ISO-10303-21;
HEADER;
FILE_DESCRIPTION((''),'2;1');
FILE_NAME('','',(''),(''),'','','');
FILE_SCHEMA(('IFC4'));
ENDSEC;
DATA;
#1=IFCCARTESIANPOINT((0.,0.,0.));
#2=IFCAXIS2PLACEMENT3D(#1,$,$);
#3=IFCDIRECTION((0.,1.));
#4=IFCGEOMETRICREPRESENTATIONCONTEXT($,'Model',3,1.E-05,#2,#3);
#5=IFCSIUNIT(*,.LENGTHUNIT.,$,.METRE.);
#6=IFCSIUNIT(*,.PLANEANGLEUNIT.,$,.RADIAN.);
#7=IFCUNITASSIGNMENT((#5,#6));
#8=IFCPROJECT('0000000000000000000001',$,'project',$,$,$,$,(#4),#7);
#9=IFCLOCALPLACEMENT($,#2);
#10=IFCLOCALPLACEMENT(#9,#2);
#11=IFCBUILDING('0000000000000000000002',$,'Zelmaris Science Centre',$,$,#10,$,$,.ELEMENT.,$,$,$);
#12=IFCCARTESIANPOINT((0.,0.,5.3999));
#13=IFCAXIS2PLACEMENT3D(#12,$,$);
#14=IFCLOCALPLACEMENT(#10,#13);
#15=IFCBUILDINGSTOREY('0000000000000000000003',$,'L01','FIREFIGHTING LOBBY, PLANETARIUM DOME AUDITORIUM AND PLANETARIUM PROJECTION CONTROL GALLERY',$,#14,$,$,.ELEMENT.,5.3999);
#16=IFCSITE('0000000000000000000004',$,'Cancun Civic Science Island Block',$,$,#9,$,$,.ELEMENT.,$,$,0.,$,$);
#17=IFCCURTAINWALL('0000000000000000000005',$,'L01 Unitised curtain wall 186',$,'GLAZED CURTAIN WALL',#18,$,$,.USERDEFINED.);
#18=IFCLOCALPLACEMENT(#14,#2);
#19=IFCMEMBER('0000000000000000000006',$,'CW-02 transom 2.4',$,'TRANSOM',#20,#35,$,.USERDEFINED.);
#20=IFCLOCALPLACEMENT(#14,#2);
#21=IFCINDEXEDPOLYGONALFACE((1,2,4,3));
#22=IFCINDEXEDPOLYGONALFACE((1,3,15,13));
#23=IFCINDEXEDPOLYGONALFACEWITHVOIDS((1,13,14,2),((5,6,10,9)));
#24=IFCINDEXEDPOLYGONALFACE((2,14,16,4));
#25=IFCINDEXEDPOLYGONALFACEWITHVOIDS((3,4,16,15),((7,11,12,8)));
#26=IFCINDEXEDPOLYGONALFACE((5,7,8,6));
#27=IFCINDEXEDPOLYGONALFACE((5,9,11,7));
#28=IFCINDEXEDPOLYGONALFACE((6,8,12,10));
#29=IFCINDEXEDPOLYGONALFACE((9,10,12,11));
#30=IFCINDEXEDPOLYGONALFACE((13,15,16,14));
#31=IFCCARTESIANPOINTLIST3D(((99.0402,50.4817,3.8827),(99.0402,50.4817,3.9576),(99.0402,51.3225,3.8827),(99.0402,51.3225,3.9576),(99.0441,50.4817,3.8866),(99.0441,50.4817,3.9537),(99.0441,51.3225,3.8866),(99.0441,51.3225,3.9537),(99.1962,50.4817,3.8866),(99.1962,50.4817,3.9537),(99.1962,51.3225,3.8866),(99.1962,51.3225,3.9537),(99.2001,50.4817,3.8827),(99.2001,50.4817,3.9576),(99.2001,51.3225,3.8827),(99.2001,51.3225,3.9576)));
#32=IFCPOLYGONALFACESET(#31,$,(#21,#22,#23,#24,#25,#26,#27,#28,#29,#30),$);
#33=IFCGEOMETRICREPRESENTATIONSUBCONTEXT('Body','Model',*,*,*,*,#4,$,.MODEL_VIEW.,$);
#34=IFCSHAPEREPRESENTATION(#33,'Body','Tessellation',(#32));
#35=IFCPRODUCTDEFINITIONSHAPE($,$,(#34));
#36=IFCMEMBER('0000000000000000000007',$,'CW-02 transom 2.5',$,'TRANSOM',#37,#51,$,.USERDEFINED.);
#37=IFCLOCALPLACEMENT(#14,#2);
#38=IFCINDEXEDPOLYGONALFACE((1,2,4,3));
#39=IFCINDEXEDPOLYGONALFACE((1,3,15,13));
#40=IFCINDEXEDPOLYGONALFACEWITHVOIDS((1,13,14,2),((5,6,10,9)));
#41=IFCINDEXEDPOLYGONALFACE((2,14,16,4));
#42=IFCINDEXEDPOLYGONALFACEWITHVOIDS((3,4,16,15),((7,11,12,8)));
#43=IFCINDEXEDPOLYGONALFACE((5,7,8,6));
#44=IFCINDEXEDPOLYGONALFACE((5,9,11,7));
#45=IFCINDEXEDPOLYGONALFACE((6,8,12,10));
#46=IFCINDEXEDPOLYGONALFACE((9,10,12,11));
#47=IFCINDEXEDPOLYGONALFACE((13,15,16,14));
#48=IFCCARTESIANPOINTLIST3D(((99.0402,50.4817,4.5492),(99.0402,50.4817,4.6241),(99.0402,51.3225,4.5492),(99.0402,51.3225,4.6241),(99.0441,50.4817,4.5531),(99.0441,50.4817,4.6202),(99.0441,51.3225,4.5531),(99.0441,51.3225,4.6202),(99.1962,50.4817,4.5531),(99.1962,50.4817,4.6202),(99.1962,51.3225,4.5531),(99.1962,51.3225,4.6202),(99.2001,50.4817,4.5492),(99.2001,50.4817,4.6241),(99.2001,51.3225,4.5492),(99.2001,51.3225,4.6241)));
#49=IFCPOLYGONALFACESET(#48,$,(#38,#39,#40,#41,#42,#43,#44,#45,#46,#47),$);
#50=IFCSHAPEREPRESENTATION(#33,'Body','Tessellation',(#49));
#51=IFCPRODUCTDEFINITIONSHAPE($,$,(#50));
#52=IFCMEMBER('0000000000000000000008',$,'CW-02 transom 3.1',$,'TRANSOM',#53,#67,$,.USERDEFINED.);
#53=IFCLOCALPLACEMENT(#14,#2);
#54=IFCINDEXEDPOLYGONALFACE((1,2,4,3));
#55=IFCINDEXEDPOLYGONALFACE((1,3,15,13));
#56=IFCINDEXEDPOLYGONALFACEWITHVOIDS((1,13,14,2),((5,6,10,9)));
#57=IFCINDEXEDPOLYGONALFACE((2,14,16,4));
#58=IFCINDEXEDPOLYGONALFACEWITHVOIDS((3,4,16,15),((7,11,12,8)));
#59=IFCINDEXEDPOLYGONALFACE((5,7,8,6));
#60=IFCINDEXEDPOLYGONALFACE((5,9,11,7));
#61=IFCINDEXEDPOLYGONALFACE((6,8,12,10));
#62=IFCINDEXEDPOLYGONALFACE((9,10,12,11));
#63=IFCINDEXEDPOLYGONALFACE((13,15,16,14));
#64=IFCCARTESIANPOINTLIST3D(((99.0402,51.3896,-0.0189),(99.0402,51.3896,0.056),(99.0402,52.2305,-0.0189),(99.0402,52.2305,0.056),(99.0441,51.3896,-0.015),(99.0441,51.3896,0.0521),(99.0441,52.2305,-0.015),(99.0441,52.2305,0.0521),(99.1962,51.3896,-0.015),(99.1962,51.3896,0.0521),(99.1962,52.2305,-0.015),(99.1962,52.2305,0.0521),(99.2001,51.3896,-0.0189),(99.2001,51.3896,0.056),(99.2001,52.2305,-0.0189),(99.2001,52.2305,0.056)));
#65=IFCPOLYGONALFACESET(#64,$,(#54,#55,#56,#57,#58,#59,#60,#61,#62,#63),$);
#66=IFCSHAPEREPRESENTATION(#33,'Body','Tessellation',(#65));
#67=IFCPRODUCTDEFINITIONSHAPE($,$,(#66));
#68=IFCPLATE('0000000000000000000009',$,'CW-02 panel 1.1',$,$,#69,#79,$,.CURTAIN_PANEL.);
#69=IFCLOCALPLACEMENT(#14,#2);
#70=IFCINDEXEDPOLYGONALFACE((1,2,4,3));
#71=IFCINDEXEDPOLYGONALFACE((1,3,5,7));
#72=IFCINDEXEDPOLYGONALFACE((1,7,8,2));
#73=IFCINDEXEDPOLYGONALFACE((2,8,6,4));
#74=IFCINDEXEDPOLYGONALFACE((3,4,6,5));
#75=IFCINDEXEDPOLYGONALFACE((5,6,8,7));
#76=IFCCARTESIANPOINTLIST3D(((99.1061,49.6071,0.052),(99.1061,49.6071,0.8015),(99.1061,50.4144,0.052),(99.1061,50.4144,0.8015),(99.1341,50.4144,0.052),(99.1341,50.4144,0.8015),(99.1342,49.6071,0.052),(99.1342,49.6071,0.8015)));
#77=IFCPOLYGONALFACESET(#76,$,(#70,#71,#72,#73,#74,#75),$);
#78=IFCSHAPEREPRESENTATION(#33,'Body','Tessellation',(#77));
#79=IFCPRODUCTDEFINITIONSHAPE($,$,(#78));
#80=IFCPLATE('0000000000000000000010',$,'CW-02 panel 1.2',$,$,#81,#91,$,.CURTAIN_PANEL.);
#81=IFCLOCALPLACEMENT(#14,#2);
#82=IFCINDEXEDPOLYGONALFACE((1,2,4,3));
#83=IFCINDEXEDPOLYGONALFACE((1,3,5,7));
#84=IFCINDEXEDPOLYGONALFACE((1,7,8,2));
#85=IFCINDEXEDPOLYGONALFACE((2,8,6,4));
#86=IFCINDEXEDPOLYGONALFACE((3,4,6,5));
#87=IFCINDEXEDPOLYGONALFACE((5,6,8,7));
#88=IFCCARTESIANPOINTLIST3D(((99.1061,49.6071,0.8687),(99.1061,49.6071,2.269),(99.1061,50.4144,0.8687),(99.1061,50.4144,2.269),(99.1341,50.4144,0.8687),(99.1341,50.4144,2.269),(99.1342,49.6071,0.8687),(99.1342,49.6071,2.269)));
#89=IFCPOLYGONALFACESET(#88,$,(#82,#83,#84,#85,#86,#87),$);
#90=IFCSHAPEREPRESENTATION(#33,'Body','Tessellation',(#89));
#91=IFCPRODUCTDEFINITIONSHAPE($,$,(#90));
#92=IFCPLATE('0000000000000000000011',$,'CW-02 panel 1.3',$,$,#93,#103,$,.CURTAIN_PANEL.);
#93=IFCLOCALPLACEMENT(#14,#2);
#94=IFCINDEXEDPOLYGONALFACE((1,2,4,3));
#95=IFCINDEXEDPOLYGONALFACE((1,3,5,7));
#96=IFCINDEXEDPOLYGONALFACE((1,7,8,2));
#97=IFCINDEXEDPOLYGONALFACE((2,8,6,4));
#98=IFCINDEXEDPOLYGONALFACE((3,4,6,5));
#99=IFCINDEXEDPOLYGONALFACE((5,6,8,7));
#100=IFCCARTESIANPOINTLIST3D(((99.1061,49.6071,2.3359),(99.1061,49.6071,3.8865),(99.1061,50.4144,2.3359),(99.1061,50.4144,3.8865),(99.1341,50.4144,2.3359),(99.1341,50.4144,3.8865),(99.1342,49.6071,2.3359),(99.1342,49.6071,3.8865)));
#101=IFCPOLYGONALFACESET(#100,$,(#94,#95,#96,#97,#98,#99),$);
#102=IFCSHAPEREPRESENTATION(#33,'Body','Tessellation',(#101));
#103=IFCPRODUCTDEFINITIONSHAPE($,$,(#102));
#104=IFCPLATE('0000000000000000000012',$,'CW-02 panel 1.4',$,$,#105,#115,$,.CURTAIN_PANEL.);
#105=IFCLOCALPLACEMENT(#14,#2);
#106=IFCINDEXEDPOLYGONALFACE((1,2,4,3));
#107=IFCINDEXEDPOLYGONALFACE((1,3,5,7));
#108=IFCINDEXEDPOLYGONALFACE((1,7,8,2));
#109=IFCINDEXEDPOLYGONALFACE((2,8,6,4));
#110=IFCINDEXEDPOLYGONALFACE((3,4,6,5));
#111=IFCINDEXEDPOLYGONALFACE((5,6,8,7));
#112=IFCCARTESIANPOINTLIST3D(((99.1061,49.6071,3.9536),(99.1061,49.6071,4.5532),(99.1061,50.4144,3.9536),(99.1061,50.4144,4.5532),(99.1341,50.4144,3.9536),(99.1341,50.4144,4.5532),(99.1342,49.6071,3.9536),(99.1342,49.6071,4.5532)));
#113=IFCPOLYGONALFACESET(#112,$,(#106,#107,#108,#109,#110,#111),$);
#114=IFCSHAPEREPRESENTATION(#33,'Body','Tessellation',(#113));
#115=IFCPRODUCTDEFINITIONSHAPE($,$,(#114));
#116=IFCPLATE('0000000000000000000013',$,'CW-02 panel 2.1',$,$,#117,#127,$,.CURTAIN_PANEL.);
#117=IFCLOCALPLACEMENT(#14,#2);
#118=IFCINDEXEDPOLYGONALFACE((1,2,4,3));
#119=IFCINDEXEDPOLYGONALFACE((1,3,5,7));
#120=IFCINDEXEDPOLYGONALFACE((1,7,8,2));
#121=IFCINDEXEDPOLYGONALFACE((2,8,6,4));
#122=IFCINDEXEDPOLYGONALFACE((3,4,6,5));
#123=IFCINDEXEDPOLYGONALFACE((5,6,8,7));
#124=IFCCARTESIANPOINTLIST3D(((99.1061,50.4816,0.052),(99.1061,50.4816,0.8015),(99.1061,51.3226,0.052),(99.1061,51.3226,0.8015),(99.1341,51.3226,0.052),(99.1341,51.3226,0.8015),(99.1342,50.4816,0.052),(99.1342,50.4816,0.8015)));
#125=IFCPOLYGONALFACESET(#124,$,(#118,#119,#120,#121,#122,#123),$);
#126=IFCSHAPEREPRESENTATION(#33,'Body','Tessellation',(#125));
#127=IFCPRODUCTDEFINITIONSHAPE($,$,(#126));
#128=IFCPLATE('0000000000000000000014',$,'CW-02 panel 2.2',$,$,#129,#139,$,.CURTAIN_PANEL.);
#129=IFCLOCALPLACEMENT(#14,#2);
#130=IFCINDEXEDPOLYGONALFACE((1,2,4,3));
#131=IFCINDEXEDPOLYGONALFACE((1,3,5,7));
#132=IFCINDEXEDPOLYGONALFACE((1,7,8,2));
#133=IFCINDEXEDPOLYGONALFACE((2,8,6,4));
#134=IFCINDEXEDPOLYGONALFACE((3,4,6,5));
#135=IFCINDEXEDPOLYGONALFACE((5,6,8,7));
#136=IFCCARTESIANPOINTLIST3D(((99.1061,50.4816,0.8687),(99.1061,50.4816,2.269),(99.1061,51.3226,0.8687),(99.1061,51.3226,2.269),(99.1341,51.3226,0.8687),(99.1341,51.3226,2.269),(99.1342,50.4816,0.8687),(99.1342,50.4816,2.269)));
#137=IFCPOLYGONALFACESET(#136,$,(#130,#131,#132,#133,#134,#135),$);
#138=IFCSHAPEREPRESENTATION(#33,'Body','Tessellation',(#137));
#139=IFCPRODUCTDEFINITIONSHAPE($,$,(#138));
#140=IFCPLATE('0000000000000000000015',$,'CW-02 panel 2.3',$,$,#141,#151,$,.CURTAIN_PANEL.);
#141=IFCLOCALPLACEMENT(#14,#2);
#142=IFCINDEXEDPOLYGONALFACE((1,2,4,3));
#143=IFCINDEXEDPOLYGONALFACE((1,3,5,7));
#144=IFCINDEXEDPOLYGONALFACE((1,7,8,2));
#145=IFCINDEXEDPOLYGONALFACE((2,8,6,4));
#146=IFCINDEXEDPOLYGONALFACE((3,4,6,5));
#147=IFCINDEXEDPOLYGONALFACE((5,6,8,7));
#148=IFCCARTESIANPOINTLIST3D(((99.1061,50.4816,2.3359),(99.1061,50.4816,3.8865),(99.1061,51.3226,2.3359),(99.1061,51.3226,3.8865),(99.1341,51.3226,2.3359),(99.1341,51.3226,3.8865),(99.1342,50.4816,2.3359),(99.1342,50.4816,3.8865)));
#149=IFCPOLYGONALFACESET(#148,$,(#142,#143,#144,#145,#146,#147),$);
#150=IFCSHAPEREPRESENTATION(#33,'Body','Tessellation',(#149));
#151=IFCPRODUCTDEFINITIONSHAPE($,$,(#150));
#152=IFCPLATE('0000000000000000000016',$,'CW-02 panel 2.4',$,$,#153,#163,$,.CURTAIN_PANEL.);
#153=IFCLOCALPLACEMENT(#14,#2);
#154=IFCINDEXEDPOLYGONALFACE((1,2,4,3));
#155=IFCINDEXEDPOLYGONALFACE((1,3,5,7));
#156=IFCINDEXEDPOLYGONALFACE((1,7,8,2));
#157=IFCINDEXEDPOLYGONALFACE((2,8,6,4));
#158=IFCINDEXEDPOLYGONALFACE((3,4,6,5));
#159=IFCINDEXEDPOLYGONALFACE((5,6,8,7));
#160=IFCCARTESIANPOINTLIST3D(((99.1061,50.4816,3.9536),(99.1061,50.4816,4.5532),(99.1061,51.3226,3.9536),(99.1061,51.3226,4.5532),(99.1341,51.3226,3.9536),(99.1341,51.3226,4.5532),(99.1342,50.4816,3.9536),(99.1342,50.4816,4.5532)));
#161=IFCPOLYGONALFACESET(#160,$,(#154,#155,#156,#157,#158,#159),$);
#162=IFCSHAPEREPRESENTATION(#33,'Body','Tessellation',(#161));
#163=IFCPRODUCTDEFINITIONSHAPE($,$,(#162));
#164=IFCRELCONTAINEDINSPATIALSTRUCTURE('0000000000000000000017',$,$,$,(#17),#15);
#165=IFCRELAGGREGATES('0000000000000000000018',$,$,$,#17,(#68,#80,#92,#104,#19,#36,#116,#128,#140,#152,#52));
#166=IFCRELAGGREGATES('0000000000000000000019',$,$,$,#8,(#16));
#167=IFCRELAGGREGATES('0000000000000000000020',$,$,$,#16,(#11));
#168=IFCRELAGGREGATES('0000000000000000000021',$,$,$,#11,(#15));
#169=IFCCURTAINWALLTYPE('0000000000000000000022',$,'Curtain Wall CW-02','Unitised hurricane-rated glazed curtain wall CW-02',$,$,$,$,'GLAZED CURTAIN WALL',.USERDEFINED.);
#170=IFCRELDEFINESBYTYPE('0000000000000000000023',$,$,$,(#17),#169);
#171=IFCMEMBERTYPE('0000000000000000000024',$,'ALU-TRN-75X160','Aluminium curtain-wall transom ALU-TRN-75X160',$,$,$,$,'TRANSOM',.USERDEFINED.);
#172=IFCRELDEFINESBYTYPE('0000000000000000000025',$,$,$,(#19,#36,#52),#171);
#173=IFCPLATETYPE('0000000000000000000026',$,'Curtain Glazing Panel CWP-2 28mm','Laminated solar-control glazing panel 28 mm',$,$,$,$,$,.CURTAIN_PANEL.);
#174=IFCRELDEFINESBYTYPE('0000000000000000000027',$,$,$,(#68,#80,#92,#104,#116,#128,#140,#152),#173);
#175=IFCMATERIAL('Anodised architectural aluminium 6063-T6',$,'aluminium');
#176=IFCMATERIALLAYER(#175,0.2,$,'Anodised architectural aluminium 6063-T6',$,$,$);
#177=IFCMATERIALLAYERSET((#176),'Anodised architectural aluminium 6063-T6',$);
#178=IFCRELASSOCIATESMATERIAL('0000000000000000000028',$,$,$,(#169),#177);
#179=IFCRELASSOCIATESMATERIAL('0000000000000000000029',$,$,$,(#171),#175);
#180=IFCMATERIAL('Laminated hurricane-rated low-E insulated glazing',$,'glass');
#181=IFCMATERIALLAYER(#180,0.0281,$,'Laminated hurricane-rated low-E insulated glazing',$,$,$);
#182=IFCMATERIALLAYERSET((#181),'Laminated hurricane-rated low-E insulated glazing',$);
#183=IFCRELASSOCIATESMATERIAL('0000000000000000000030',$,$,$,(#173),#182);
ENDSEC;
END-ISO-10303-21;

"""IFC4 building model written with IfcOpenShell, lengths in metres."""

from ifc_helpers import new_model, si_unit, direction, frame, origin, origin_2d, place, context, subcontext, project, spatial, rectangle, hollow_rectangle, extrude, material, layer, layer_set, material_profile, profile_set, type_object, element, aggregate, save


model = new_model("IFC4")

# Units and contexts
model_context = context("Model", 3, precision=1e-05, world=origin(), true_north=direction((0.0, 1.0)))
body_context = subcontext(model_context, "Body", "Model", "MODEL_VIEW")
ifc_project = project(units=[si_unit("LENGTHUNIT", "METRE"), si_unit("PLANEANGLEUNIT", "RADIAN")], contexts=[model_context])

# Site, building, storey
site_placement = place(None, origin())
site = spatial("IfcSite", under=ifc_project, at=site_placement, Name="Cancun Civic Science Island Block", CompositionType="ELEMENT", RefElevation=0.0)
building_placement = place(site_placement, origin())
building = spatial("IfcBuilding", under=site, at=building_placement, Name="Zelmaris Science Centre", CompositionType="ELEMENT")
storey_placement = place(building_placement, frame((0.0, 0.0, 5.3999)))
storey = spatial("IfcBuildingStorey", under=building, at=storey_placement, Name="L01", Description="FIREFIGHTING LOBBY, PLANETARIUM DOME AUDITORIUM AND PLANETARIUM PROJECTION CONTROL GALLERY", CompositionType="ELEMENT", Elevation=5.3999)

# Curtain wall, members, plates
ifc_material_1 = material(Name="Anodised architectural aluminium 6063-T6", Category="aluminium")
ifc_layer_1 = layer(ifc_material_1, 0.2, Name="Anodised architectural aluminium 6063-T6")
ifc_layer_set_1 = layer_set([ifc_layer_1], Name="Anodised architectural aluminium 6063-T6")
curtain_wall_type = type_object("IfcCurtainWallType", Name="Curtain Wall CW-02", Description="Unitised hurricane-rated glazed curtain wall CW-02", ElementType="GLAZED CURTAIN WALL", PredefinedType="USERDEFINED", material=ifc_layer_set_1)
curtain_wall_placement = place(storey_placement, origin())
curtain_wall = element("IfcCurtainWall", 1, at=curtain_wall_placement, inside=storey, type_object=curtain_wall_type, Name="L01 Unitised curtain wall 186", ObjectType="GLAZED CURTAIN WALL", PredefinedType="USERDEFINED")
ifc_material_profile_1 = material_profile(ifc_material_1, hollow_rectangle(XDim=0.075, YDim=0.1599, WallThickness=0.0039, at=origin_2d()), Name="ALU-TRN-75X160")
ifc_profile_set_1 = profile_set([ifc_material_profile_1], Name="Anodised architectural aluminium 6063-T6")
member_type_1 = type_object("IfcMemberType", Name="ALU-TRN-75X160", Description="Aluminium curtain-wall transom ALU-TRN-75X160", ElementType="TRANSOM", PredefinedType="USERDEFINED", material=ifc_profile_set_1)
member_1_placement = place(storey_placement, frame((99.1201, 50.4817, 3.9202), z_axis=(0.0, 1.0, 0.0), x_axis=(0.0, 0.0, 1.0)))
member_1 = element("IfcMember", 2, at=member_1_placement, type_object=member_type_1, Name="CW-02 transom 2.4", ObjectType="TRANSOM", PredefinedType="USERDEFINED", context=body_context, shape_type="SweptSolid", body=[
    extrude(hollow_rectangle(XDim=0.075, YDim=0.1599, WallThickness=0.0039, at=origin_2d()), origin(), (0.0, 0.0, 1.0), 0.8408),
])
member_2_placement = place(storey_placement, frame((99.1201, 50.4817, 4.5867), z_axis=(0.0, 1.0, 0.0), x_axis=(0.0, 0.0, 1.0)))
member_2 = element("IfcMember", 3, at=member_2_placement, type_object=member_type_1, Name="CW-02 transom 2.5", ObjectType="TRANSOM", PredefinedType="USERDEFINED", context=body_context, shape_type="SweptSolid", body=[
    extrude(hollow_rectangle(XDim=0.075, YDim=0.1599, WallThickness=0.0039, at=origin_2d()), origin(), (0.0, 0.0, 1.0), 0.8408),
])
member_3_placement = place(storey_placement, frame((99.1201, 51.3896, 0.0186), z_axis=(0.0, 1.0, 0.0), x_axis=(0.0, 0.0, 1.0)))
member_3 = element("IfcMember", 4, at=member_3_placement, type_object=member_type_1, Name="CW-02 transom 3.1", ObjectType="TRANSOM", PredefinedType="USERDEFINED", context=body_context, shape_type="SweptSolid", body=[
    extrude(hollow_rectangle(XDim=0.075, YDim=0.1599, WallThickness=0.0039, at=origin_2d()), origin(), (0.0, 0.0, 1.0), 0.8408),
])
ifc_material_2 = material(Name="Laminated hurricane-rated low-E insulated glazing", Category="glass")
ifc_layer_2 = layer(ifc_material_2, 0.0281, Name="Laminated hurricane-rated low-E insulated glazing")
ifc_layer_set_2 = layer_set([ifc_layer_2], Name="Laminated hurricane-rated low-E insulated glazing")
plate_type = type_object("IfcPlateType", Name="Curtain Glazing Panel CWP-2 28mm", Description="Laminated solar-control glazing panel 28 mm", PredefinedType="CURTAIN_PANEL", material=ifc_layer_set_2)
plate_1_placement = place(storey_placement, frame((99.1201, 50.0107, 0.052), z_axis=(0.0, 0.0, 1.0), x_axis=(-0.000022, 1.0, 0.0)))
plate_1 = element("IfcPlate", 5, at=plate_1_placement, type_object=plate_type, Name="CW-02 panel 1.1", PredefinedType="CURTAIN_PANEL", context=body_context, shape_type="SweptSolid", body=[
    extrude(rectangle(XDim=0.8074, YDim=0.0281, at=origin_2d()), origin(), (0.0, 0.0, 1.0), 0.7495),
])
plate_2_placement = place(storey_placement, frame((99.1201, 50.0107, 0.8687), z_axis=(0.0, 0.0, 1.0), x_axis=(-0.000022, 1.0, 0.0)))
plate_2 = element("IfcPlate", 6, at=plate_2_placement, type_object=plate_type, Name="CW-02 panel 1.2", PredefinedType="CURTAIN_PANEL", context=body_context, shape_type="SweptSolid", body=[
    extrude(rectangle(XDim=0.8074, YDim=0.0281, at=origin_2d()), origin(), (0.0, 0.0, 1.0), 1.4004),
])
plate_3_placement = place(storey_placement, frame((99.1201, 50.0107, 2.3359), z_axis=(0.0, 0.0, 1.0), x_axis=(-0.000022, 1.0, 0.0)))
plate_3 = element("IfcPlate", 7, at=plate_3_placement, type_object=plate_type, Name="CW-02 panel 1.3", PredefinedType="CURTAIN_PANEL", context=body_context, shape_type="SweptSolid", body=[
    extrude(rectangle(XDim=0.8074, YDim=0.0281, at=origin_2d()), origin(), (0.0, 0.0, 1.0), 1.5505),
])
plate_4_placement = place(storey_placement, frame((99.1201, 50.0107, 3.9536), z_axis=(0.0, 0.0, 1.0), x_axis=(-0.000022, 1.0, 0.0)))
plate_4 = element("IfcPlate", 8, at=plate_4_placement, type_object=plate_type, Name="CW-02 panel 1.4", PredefinedType="CURTAIN_PANEL", context=body_context, shape_type="SweptSolid", body=[
    extrude(rectangle(XDim=0.8074, YDim=0.0281, at=origin_2d()), origin(), (0.0, 0.0, 1.0), 0.5996),
])
plate_5_placement = place(storey_placement, frame((99.1201, 50.9021, 0.052), z_axis=(0.0, 0.0, 1.0), x_axis=(-0.000022, 1.0, 0.0)))
plate_5 = element("IfcPlate", 9, at=plate_5_placement, type_object=plate_type, Name="CW-02 panel 2.1", PredefinedType="CURTAIN_PANEL", context=body_context, shape_type="SweptSolid", body=[
    extrude(rectangle(XDim=0.8411, YDim=0.0281, at=origin_2d()), origin(), (0.0, 0.0, 1.0), 0.7495),
])
plate_6_placement = place(storey_placement, frame((99.1201, 50.9021, 0.8687), z_axis=(0.0, 0.0, 1.0), x_axis=(-0.000022, 1.0, 0.0)))
plate_6 = element("IfcPlate", 10, at=plate_6_placement, type_object=plate_type, Name="CW-02 panel 2.2", PredefinedType="CURTAIN_PANEL", context=body_context, shape_type="SweptSolid", body=[
    extrude(rectangle(XDim=0.8411, YDim=0.0281, at=origin_2d()), origin(), (0.0, 0.0, 1.0), 1.4004),
])
plate_7_placement = place(storey_placement, frame((99.1201, 50.9021, 2.3359), z_axis=(0.0, 0.0, 1.0), x_axis=(-0.000022, 1.0, 0.0)))
plate_7 = element("IfcPlate", 11, at=plate_7_placement, type_object=plate_type, Name="CW-02 panel 2.3", PredefinedType="CURTAIN_PANEL", context=body_context, shape_type="SweptSolid", body=[
    extrude(rectangle(XDim=0.8411, YDim=0.0281, at=origin_2d()), origin(), (0.0, 0.0, 1.0), 1.5505),
])
plate_8_placement = place(storey_placement, frame((99.1201, 50.9021, 3.9536), z_axis=(0.0, 0.0, 1.0), x_axis=(-0.000022, 1.0, 0.0)))
plate_8 = element("IfcPlate", 12, at=plate_8_placement, type_object=plate_type, Name="CW-02 panel 2.4", PredefinedType="CURTAIN_PANEL", context=body_context, shape_type="SweptSolid", body=[
    extrude(rectangle(XDim=0.8411, YDim=0.0281, at=origin_2d()), origin(), (0.0, 0.0, 1.0), 0.5996),
])
aggregate(curtain_wall, [plate_1, plate_2, plate_3, plate_4, member_1, member_2, plate_5, plate_6, plate_7, plate_8, member_3])

save(model, "model.ifc")
